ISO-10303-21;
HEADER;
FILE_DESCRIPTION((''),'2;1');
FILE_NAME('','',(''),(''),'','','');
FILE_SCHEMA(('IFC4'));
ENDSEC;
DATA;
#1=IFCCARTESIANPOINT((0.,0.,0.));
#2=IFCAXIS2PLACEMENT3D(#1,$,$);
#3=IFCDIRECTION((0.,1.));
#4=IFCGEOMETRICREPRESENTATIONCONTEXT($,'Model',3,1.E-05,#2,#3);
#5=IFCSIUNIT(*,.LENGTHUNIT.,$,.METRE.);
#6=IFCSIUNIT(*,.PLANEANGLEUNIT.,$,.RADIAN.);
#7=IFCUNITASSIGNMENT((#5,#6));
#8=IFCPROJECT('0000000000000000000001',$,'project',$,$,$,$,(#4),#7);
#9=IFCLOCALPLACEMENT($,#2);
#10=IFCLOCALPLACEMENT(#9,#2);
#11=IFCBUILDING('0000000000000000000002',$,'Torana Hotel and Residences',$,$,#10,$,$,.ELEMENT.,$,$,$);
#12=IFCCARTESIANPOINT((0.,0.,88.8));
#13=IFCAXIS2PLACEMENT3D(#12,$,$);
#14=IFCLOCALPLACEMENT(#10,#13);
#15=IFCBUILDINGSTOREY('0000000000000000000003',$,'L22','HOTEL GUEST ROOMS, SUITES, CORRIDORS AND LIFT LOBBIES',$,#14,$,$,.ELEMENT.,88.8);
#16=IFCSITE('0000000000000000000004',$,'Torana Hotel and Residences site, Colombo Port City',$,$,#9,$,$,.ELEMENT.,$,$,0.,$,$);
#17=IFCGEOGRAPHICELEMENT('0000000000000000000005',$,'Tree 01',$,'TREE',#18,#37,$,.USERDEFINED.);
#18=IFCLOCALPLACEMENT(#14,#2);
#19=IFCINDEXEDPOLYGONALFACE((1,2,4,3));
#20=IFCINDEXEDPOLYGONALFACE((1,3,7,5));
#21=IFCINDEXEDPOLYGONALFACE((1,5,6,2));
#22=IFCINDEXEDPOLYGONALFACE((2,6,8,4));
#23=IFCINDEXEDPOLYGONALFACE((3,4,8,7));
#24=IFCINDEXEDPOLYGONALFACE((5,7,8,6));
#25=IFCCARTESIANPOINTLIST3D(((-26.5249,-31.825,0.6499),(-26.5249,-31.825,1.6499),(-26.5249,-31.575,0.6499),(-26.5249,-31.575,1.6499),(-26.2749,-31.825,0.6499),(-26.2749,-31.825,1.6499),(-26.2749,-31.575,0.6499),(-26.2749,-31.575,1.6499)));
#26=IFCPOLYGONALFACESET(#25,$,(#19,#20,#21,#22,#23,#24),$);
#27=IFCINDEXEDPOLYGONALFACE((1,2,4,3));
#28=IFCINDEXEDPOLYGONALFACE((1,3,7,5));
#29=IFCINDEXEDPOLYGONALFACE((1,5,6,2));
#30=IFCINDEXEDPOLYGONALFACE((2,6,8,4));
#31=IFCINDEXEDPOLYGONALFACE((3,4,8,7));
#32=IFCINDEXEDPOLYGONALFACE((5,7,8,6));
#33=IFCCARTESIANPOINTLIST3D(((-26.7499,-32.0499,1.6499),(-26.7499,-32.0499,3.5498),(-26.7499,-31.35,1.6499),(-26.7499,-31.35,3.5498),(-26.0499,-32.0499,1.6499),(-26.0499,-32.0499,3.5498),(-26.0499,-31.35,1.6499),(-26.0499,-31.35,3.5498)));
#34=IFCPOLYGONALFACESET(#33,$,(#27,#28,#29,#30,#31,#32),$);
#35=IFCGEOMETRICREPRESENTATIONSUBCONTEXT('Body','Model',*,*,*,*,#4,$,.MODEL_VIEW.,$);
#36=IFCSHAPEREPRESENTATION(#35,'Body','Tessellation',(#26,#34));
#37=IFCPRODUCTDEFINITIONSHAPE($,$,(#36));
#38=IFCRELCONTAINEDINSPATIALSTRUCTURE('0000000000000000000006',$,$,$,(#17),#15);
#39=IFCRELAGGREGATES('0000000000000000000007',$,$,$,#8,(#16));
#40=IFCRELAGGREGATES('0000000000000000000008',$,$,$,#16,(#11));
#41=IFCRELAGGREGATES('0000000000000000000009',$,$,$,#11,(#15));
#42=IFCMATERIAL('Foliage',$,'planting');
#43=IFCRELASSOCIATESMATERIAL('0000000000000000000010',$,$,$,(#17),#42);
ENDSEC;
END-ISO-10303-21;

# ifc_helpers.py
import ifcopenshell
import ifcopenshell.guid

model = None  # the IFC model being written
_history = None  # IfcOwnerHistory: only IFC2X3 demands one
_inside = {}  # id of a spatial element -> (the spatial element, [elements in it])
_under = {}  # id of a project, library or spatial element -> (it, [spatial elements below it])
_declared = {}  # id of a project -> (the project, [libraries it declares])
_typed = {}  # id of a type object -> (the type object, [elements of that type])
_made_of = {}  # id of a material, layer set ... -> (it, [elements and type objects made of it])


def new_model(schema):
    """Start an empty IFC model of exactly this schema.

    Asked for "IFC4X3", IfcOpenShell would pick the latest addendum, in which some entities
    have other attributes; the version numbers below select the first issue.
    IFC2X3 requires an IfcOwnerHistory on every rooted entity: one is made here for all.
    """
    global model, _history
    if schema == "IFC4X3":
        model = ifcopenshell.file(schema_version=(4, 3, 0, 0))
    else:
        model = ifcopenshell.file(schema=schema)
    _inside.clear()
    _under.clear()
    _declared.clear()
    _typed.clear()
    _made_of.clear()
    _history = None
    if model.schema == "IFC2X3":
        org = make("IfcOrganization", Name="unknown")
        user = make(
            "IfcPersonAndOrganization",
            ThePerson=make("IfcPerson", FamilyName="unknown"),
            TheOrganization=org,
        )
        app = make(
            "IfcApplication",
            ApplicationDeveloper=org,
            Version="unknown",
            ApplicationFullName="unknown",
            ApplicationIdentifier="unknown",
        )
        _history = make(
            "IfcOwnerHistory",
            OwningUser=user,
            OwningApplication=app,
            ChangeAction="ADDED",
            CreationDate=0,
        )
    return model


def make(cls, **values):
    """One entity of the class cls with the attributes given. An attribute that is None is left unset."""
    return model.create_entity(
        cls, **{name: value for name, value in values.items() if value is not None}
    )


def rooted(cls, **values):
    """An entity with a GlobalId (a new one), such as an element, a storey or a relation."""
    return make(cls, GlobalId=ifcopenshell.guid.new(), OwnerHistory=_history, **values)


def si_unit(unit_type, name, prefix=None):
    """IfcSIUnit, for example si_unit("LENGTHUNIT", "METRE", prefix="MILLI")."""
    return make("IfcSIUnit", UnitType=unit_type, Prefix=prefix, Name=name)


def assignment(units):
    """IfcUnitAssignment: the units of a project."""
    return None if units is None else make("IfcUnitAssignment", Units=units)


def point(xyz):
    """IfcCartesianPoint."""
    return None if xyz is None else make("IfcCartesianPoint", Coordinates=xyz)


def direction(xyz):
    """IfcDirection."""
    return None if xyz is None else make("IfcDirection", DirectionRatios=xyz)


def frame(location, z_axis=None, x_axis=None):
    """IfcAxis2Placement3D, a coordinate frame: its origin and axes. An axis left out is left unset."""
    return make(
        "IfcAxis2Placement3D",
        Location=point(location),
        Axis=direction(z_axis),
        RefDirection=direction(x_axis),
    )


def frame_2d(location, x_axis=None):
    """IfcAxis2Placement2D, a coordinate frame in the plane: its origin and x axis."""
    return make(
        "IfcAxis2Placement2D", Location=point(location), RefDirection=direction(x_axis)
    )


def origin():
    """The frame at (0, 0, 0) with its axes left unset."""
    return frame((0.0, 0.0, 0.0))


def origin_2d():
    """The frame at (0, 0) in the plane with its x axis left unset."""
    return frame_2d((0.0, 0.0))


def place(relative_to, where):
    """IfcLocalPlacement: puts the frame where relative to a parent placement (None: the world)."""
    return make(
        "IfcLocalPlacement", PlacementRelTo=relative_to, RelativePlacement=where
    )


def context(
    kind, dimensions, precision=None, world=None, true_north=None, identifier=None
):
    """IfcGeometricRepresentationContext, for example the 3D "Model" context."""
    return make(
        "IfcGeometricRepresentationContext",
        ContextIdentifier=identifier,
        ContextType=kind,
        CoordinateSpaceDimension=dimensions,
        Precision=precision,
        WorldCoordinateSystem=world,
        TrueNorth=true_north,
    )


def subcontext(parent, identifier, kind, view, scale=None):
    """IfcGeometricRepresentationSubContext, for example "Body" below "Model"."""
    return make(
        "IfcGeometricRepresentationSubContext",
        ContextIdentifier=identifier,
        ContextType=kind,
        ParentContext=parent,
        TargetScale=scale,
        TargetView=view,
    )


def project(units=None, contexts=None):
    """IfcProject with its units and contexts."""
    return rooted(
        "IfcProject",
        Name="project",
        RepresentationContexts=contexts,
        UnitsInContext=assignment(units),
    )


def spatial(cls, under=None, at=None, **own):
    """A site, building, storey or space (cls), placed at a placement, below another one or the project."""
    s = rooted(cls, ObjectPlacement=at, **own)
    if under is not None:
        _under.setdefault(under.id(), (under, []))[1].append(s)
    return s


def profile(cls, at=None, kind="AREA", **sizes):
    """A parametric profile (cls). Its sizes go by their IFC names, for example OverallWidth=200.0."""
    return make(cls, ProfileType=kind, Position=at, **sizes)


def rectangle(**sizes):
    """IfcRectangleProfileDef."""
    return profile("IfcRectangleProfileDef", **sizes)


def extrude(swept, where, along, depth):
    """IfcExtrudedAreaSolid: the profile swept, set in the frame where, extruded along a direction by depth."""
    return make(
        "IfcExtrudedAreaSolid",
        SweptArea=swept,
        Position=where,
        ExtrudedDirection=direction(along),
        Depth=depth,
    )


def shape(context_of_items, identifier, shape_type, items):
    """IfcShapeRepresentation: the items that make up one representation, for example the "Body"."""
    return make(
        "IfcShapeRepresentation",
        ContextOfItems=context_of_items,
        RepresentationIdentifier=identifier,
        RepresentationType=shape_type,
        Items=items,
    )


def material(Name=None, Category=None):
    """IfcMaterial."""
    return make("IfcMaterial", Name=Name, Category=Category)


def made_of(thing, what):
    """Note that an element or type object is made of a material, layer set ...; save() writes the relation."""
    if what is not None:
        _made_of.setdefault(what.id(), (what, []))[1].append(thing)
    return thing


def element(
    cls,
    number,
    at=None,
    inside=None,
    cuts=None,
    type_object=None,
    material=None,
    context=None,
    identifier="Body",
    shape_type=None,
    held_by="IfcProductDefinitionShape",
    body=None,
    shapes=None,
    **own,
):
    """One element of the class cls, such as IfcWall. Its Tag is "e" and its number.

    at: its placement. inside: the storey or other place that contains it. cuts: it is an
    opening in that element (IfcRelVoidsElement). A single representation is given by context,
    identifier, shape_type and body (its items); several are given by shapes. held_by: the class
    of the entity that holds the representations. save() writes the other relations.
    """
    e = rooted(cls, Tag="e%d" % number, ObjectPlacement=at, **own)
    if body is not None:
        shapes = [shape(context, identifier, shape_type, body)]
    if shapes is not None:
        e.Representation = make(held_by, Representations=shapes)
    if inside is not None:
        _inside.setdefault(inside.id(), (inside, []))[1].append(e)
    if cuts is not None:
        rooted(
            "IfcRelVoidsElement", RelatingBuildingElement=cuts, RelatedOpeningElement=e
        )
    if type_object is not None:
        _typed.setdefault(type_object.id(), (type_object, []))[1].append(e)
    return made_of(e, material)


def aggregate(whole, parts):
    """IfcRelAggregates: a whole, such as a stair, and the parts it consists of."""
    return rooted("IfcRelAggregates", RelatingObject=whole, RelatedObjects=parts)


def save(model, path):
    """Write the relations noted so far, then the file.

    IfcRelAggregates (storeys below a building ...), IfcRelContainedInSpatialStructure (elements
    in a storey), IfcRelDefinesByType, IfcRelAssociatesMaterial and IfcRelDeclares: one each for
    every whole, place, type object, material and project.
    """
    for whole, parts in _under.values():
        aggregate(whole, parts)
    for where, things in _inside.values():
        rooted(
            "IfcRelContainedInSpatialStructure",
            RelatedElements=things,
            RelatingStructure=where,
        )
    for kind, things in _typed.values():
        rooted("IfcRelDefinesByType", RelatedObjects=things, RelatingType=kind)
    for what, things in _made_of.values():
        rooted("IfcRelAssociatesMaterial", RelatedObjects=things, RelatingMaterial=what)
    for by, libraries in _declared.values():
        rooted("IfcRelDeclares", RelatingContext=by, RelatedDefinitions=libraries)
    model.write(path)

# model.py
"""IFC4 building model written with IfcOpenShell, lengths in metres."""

from ifc_helpers import new_model, si_unit, direction, frame, origin, origin_2d, place, context, subcontext, project, spatial, rectangle, extrude, material, element, save


model = new_model("IFC4")

# Units and contexts
model_context = context("Model", 3, precision=1e-05, world=origin(), true_north=direction((0.0, 1.0)))
body_context = subcontext(model_context, "Body", "Model", "MODEL_VIEW")
ifc_project = project(units=[si_unit("LENGTHUNIT", "METRE"), si_unit("PLANEANGLEUNIT", "RADIAN")], contexts=[model_context])

# Site, building, storey
site_placement = place(None, origin())
site = spatial("IfcSite", under=ifc_project, at=site_placement, Name="Torana Hotel and Residences site, Colombo Port City", CompositionType="ELEMENT", RefElevation=0.0)
building_placement = place(site_placement, origin())
building = spatial("IfcBuilding", under=site, at=building_placement, Name="Torana Hotel and Residences", CompositionType="ELEMENT")
storey_placement = place(building_placement, frame((0.0, 0.0, 88.8)))
storey = spatial("IfcBuildingStorey", under=building, at=storey_placement, Name="L22", Description="HOTEL GUEST ROOMS, SUITES, CORRIDORS AND LIFT LOBBIES", CompositionType="ELEMENT", Elevation=88.8)

# Geographic element
ifc_material_1 = material(Name="Foliage", Category="planting")
geographic_element_placement = place(storey_placement, frame((-26.3999, -31.7, 0.6499), z_axis=(0.0, 0.0, 1.0), x_axis=(1.0, 0.0, 0.0)))
element("IfcGeographicElement", 1, at=geographic_element_placement, inside=storey, material=ifc_material_1, Name="Tree 01", ObjectType="TREE", PredefinedType="USERDEFINED", context=body_context, shape_type="SweptSolid", body=[
    extrude(rectangle(XDim=0.25, YDim=0.25, at=origin_2d()), origin(), (0.0, 0.0, 1.0), 1.0),
    extrude(rectangle(XDim=0.7, YDim=0.7, at=origin_2d()), frame((0.0, 0.0, 1.0)), (0.0, 0.0, 1.0), 1.8999),
])

save(model, "model.ifc")
